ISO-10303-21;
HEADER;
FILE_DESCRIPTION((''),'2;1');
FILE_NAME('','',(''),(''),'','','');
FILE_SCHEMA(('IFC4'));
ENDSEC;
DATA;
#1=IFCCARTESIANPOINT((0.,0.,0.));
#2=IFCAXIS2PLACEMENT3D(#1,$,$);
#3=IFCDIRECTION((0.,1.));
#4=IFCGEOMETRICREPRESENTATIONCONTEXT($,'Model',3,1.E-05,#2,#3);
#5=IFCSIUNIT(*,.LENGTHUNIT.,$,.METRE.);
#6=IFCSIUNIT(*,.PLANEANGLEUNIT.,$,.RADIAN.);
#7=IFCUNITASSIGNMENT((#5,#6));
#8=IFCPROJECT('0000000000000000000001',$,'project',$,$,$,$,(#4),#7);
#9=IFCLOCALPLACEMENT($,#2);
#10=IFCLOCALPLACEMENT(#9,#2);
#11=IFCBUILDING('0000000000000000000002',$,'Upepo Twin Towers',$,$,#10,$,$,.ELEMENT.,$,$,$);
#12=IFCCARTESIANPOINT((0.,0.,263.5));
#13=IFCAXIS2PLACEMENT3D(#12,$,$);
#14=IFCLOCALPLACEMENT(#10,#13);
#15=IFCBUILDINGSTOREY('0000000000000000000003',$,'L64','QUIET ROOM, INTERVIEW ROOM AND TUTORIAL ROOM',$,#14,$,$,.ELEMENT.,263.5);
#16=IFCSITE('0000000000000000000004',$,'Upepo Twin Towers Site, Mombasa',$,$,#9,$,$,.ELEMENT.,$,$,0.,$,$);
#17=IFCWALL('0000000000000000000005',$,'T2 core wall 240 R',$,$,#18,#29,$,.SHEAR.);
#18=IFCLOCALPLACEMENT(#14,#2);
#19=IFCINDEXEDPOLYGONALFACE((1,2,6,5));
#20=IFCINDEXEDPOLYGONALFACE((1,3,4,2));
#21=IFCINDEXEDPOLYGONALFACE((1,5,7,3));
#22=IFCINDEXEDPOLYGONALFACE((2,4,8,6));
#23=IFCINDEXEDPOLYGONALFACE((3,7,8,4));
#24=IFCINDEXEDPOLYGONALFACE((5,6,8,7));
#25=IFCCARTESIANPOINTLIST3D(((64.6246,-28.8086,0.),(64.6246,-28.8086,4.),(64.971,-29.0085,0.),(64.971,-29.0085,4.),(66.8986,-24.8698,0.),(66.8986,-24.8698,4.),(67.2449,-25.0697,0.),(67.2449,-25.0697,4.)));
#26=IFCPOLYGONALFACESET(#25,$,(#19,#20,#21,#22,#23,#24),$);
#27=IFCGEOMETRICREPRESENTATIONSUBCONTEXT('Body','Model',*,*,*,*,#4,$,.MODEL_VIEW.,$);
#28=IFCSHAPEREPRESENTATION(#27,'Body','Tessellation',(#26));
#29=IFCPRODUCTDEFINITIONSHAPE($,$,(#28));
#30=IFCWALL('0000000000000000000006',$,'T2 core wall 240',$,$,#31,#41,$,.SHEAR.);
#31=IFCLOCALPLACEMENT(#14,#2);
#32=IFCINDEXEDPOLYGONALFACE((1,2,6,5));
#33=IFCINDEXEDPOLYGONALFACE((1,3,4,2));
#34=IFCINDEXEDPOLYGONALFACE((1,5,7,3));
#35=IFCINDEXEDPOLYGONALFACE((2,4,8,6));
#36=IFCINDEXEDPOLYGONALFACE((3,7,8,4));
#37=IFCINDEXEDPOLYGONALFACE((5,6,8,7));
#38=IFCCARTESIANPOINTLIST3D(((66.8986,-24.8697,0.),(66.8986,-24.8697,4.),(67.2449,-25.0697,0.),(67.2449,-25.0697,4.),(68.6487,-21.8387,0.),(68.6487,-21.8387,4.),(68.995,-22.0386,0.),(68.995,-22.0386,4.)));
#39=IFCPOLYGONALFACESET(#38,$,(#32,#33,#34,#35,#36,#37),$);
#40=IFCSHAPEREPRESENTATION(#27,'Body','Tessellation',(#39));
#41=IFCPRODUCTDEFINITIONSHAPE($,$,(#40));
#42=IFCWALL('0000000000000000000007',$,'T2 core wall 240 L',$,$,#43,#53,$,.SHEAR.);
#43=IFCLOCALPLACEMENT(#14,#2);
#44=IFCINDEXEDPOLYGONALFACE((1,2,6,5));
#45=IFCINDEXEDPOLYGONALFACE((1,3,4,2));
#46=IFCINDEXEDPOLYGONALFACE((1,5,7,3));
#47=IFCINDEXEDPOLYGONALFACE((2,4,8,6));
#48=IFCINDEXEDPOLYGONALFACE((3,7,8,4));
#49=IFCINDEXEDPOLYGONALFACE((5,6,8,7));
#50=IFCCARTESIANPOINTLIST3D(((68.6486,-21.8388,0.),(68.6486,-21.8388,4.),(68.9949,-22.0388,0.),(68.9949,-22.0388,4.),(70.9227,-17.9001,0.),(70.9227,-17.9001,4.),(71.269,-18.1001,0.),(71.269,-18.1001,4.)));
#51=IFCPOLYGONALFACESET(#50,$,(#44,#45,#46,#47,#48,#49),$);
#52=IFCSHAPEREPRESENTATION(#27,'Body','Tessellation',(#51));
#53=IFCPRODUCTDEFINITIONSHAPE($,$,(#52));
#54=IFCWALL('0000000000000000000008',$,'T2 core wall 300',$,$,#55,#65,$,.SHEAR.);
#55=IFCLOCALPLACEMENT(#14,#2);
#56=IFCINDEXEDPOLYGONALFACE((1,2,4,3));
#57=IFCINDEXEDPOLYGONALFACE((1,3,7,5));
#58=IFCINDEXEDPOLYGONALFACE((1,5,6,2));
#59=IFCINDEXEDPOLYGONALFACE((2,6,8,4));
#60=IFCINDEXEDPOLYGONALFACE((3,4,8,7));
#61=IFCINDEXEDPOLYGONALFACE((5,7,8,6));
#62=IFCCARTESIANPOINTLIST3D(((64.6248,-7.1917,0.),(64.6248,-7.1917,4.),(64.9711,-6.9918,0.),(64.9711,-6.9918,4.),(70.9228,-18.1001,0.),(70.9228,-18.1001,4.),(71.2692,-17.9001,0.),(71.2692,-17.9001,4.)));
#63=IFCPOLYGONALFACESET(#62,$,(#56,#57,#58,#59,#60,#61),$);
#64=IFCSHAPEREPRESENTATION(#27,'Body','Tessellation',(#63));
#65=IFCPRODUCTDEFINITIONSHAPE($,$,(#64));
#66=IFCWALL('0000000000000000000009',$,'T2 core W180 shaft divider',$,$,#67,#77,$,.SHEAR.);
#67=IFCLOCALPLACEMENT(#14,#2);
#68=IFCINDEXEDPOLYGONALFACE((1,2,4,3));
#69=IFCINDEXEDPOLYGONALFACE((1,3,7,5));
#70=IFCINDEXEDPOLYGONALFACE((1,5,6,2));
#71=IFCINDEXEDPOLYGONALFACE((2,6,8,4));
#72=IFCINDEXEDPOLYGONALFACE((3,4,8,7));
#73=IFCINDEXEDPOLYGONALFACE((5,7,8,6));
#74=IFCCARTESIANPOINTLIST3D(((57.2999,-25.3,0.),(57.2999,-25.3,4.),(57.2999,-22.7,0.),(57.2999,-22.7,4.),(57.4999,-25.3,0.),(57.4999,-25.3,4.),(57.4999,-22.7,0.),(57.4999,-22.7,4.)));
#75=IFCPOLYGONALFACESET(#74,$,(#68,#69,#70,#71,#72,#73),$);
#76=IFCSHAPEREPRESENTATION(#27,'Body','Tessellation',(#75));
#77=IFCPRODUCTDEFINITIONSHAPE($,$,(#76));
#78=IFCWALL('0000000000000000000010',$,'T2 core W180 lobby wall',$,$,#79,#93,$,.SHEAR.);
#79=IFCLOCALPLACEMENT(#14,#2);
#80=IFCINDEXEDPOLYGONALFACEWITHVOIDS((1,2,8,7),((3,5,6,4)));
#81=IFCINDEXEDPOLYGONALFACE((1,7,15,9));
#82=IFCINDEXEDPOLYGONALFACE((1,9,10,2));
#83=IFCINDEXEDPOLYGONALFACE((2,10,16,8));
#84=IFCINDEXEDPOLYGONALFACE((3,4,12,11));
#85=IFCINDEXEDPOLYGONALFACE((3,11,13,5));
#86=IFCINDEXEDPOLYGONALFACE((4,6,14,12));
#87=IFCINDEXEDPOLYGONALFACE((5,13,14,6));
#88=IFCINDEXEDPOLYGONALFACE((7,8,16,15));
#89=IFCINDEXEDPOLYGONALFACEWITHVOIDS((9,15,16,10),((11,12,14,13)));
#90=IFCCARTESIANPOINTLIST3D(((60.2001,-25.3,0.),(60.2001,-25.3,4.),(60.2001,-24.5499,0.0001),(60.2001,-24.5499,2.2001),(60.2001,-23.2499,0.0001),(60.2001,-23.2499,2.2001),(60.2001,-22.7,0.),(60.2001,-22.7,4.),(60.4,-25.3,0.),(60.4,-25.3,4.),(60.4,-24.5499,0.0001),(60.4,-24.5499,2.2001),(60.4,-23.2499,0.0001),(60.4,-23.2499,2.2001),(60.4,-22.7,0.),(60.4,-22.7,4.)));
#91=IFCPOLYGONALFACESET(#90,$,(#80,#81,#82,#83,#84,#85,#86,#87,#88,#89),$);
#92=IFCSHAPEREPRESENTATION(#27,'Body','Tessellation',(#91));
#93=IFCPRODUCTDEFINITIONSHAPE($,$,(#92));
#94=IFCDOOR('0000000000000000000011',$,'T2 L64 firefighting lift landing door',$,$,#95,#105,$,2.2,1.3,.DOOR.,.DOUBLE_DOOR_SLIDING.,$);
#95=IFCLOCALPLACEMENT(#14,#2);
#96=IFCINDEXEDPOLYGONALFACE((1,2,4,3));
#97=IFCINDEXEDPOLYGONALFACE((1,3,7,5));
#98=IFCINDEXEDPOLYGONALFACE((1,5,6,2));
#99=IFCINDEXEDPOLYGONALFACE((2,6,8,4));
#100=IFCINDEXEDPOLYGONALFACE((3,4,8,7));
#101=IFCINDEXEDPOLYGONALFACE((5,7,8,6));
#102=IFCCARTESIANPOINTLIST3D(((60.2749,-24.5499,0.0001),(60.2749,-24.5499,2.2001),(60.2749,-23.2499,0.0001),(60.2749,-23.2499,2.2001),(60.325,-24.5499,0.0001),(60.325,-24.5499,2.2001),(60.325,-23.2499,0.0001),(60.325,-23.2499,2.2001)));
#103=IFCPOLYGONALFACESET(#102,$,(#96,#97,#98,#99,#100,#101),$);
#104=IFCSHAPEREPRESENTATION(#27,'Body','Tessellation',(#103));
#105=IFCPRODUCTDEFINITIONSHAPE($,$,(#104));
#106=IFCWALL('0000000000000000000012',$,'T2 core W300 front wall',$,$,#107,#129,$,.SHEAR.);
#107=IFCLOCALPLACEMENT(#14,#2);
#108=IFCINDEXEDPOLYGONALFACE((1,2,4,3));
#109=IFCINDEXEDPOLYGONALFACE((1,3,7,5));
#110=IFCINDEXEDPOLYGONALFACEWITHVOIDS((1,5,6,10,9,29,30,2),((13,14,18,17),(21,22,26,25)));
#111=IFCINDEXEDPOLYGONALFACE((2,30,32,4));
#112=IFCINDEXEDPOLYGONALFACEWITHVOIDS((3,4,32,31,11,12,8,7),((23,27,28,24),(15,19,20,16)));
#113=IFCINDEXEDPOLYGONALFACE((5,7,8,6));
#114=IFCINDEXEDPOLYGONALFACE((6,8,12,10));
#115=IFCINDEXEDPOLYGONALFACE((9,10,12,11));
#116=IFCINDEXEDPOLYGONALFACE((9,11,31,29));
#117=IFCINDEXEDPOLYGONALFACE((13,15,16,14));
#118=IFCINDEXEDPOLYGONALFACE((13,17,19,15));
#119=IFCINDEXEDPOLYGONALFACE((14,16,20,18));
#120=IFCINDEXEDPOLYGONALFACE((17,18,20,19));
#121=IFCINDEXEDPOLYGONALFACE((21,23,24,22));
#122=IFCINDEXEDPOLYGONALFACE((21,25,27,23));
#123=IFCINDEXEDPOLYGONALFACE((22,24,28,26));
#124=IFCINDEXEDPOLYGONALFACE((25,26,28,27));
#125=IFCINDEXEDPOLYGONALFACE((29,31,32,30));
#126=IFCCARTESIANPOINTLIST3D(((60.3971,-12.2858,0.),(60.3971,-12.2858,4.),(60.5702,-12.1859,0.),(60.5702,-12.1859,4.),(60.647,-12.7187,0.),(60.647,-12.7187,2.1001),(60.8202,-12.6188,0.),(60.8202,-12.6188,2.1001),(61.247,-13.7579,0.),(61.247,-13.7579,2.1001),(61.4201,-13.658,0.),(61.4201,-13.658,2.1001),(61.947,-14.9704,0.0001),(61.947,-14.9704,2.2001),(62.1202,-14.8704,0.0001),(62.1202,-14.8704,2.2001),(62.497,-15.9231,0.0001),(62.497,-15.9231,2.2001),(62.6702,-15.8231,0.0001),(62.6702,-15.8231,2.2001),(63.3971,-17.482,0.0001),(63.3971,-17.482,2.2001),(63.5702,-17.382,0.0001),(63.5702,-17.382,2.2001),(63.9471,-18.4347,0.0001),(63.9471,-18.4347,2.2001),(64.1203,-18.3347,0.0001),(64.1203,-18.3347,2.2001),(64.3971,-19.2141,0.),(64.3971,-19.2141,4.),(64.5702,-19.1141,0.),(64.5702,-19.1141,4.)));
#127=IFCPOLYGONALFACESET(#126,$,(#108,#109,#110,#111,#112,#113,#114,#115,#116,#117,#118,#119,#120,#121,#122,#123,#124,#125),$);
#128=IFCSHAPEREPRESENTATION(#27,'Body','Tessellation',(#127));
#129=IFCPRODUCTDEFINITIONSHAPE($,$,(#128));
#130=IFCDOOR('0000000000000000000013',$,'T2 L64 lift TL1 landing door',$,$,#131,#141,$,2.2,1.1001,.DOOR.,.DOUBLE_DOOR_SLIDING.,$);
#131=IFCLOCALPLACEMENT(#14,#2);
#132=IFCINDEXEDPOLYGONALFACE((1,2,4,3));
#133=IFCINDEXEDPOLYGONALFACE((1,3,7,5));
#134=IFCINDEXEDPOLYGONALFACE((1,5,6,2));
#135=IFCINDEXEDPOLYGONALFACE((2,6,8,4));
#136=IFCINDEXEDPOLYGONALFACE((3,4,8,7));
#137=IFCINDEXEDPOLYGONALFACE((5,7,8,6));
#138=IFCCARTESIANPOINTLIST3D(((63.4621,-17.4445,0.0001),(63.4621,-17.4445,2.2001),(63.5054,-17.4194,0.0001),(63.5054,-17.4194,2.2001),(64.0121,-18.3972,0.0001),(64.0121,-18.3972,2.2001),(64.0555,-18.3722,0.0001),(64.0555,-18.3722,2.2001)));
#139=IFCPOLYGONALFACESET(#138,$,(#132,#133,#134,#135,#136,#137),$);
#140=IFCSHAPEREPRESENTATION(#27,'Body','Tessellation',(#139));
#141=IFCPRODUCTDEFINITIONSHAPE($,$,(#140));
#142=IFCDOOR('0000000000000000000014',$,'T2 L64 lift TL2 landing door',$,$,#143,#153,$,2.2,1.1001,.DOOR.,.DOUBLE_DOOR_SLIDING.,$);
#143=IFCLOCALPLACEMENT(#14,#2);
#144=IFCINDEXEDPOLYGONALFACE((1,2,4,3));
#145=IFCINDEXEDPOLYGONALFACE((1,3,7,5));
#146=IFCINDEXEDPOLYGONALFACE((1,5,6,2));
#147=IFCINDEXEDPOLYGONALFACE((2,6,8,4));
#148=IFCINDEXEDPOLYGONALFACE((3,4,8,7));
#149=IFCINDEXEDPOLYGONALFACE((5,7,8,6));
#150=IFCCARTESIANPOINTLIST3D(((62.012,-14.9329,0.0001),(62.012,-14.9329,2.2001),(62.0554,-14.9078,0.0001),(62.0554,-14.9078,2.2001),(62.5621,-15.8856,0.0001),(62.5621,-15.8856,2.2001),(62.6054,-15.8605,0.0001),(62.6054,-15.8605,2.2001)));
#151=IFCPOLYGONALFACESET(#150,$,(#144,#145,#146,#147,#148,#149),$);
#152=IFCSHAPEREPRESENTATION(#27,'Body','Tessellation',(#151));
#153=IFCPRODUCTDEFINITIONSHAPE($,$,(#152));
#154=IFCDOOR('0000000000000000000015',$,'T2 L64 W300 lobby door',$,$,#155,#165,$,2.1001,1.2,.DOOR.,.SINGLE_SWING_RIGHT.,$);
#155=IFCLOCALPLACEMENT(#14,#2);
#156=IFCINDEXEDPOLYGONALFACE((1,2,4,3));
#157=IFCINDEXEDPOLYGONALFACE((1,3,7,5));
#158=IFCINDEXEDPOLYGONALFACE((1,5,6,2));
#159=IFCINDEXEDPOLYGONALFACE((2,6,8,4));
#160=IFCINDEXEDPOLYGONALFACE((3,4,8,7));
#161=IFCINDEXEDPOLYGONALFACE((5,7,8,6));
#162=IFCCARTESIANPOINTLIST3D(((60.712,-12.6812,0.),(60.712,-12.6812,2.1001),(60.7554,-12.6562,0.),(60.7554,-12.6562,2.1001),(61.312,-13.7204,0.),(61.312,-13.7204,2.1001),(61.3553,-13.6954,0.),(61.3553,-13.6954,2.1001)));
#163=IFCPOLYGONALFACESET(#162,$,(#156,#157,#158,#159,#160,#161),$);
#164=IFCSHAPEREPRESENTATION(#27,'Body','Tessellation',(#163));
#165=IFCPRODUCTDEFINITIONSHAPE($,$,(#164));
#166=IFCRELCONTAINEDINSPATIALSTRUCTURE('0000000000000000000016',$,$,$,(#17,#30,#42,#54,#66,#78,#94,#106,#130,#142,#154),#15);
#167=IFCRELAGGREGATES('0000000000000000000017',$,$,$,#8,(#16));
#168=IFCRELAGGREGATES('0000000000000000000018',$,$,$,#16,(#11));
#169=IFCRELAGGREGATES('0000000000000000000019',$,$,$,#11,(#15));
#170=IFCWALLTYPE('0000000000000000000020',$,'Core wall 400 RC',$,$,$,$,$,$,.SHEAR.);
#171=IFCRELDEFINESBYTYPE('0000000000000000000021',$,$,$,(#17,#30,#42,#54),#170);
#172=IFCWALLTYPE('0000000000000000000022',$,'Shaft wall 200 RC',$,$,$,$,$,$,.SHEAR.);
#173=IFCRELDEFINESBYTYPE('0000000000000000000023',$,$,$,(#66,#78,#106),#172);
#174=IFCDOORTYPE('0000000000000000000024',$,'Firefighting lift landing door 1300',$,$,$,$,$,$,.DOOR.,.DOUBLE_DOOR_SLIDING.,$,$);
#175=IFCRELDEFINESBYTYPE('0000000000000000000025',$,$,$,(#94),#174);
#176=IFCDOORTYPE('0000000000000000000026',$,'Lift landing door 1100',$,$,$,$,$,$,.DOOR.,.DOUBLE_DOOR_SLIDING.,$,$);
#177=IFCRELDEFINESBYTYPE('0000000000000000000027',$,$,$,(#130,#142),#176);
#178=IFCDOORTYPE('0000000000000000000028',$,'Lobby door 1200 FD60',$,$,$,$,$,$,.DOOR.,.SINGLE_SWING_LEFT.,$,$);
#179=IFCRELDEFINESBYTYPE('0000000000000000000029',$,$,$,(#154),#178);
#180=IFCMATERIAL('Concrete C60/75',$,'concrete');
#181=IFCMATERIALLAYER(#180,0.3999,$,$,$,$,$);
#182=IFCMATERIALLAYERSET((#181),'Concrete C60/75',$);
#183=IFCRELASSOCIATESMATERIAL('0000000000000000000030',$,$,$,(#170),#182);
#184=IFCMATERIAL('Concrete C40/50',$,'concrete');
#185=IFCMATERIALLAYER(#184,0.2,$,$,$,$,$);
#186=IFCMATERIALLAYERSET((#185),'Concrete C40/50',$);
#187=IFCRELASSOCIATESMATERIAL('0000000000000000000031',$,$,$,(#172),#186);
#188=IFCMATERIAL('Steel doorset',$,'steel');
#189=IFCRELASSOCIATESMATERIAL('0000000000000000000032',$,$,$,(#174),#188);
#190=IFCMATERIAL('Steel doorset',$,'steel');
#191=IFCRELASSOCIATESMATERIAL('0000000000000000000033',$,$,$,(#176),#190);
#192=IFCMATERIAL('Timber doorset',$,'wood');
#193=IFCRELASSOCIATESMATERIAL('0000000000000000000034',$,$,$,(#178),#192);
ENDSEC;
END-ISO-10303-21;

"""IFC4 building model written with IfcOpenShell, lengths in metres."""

from ifc_helpers import new_model, si_unit, direction, frame, frame_2d, origin, place, context, subcontext, project, spatial, rectangle, extrude, material, layer, layer_set, type_object, element, fill, save


model = new_model("IFC4")

# Units and contexts
model_context = context("Model", 3, precision=1e-05, world=origin(), true_north=direction((0.0, 1.0)))
body_context = subcontext(model_context, "Body", "Model", "MODEL_VIEW")
ifc_project = project(units=[si_unit("LENGTHUNIT", "METRE"), si_unit("PLANEANGLEUNIT", "RADIAN")], contexts=[model_context])

# Site, building, storey
site_placement = place(None, origin())
site = spatial("IfcSite", under=ifc_project, at=site_placement, Name="Upepo Twin Towers Site, Mombasa", CompositionType="ELEMENT", RefElevation=0.0)
building_placement = place(site_placement, origin())
building = spatial("IfcBuilding", under=site, at=building_placement, Name="Upepo Twin Towers", CompositionType="ELEMENT")
storey_placement = place(building_placement, frame((0.0, 0.0, 263.5)))
storey = spatial("IfcBuildingStorey", under=building, at=storey_placement, Name="L64", Description="QUIET ROOM, INTERVIEW ROOM AND TUTORIAL ROOM", CompositionType="ELEMENT", Elevation=263.5)

# Walls
ifc_material_1 = material(Name="Concrete C60/75", Category="concrete")
ifc_layer_1 = layer(ifc_material_1, 0.3999)
ifc_layer_set_1 = layer_set([ifc_layer_1], Name="Concrete C60/75")
wall_type_1 = type_object("IfcWallType", Name="Core wall 400 RC", PredefinedType="SHEAR", material=ifc_layer_set_1)
wall_1_placement = place(storey_placement, frame((64.7979, -28.9084, 0.0), z_axis=(0.0, 0.0, 1.0), x_axis=(0.499984, 0.866035, 0.0)))
element("IfcWall", 1, at=wall_1_placement, inside=storey, type_object=wall_type_1, Name="T2 core wall 240 R", PredefinedType="SHEAR", context=body_context, shape_type="SweptSolid", body=[
    extrude(rectangle(XDim=4.5481, YDim=0.3999, at=frame_2d((2.2739, 0.0))), origin(), (0.0, 0.0, 1.0), 4.0),
])
wall_2_placement = place(storey_placement, frame((67.0718, -24.9697, 0.0), z_axis=(0.0, 0.0, 1.0), x_axis=(0.50001, 0.866019, 0.0)))
element("IfcWall", 2, at=wall_2_placement, inside=storey, type_object=wall_type_1, Name="T2 core wall 240", PredefinedType="SHEAR", context=body_context, shape_type="SweptSolid", body=[
    extrude(rectangle(XDim=3.5, YDim=0.3999, at=frame_2d((1.75, 0.0))), origin(), (0.0, 0.0, 1.0), 4.0),
])
wall_3_placement = place(storey_placement, frame((68.8218, -21.9387, 0.0), z_axis=(0.0, 0.0, 1.0), x_axis=(0.500024, 0.866011, 0.0)))
element("IfcWall", 3, at=wall_3_placement, inside=storey, type_object=wall_type_1, Name="T2 core wall 240 L", PredefinedType="SHEAR", context=body_context, shape_type="SweptSolid", body=[
    extrude(rectangle(XDim=4.5481, YDim=0.3999, at=frame_2d((2.2739, 0.0))), origin(), (0.0, 0.0, 1.0), 4.0),
])
wall_4_placement = place(storey_placement, frame((71.0959, -18.0, 0.0), z_axis=(0.0, 0.0, 1.0), x_axis=(-0.500006, 0.866022, 0.0)))
element("IfcWall", 4, at=wall_4_placement, inside=storey, type_object=wall_type_1, Name="T2 core wall 300", PredefinedType="SHEAR", context=body_context, shape_type="SweptSolid", body=[
    extrude(rectangle(XDim=12.5959, YDim=0.3999, at=frame_2d((6.2979, 0.0))), origin(), (0.0, 0.0, 1.0), 4.0),
])
ifc_material_2 = material(Name="Concrete C40/50", Category="concrete")
ifc_layer_2 = layer(ifc_material_2, 0.2)
ifc_layer_set_2 = layer_set([ifc_layer_2], Name="Concrete C40/50")
wall_type_2 = type_object("IfcWallType", Name="Shaft wall 200 RC", PredefinedType="SHEAR", material=ifc_layer_set_2)
wall_5_placement = place(storey_placement, frame((57.3999, -22.7, 0.0), z_axis=(0.0, 0.0, 1.0), x_axis=(0.0, -1.0, 0.0)))
element("IfcWall", 5, at=wall_5_placement, inside=storey, type_object=wall_type_2, Name="T2 core W180 shaft divider", PredefinedType="SHEAR", context=body_context, shape_type="SweptSolid", body=[
    extrude(rectangle(XDim=2.6001, YDim=0.2, at=frame_2d((1.3, 0.0))), origin(), (0.0, 0.0, 1.0), 4.0),
])

# Wall, opening, door
wall_6_placement = place(storey_placement, frame((60.3, -22.7, 0.0), z_axis=(0.0, 0.0, 1.0), x_axis=(0.0, -1.0, 0.0)))
wall_6 = element("IfcWall", 6, at=wall_6_placement, inside=storey, type_object=wall_type_2, Name="T2 core W180 lobby wall", PredefinedType="SHEAR", context=body_context, shape_type="SweptSolid", body=[
    extrude(rectangle(XDim=2.6001, YDim=0.2, at=frame_2d((1.3, 0.0))), origin(), (0.0, 0.0, 1.0), 4.0),
])
opening_1_placement = place(wall_6_placement, frame((0.55, 0.0, 0.0)))
opening_1 = element("IfcOpeningElement", 7, at=opening_1_placement, cuts=wall_6, PredefinedType="OPENING", context=body_context, shape_type="SweptSolid", body=[
    extrude(rectangle(XDim=1.3, YDim=2.2, at=frame_2d((0.6499, 1.1001))), frame((0.0, 0.1099, 0.0), z_axis=(0.0, -1.0, 0.0), x_axis=(1.0, 0.0, 0.0)), (0.0, 0.0, 1.0), 0.22),
])
ifc_material_3 = material(Name="Steel doorset", Category="steel")
door_type_1 = type_object("IfcDoorType", Name="Firefighting lift landing door 1300", OperationType="DOUBLE_DOOR_SLIDING", PredefinedType="DOOR", material=ifc_material_3)
door_1_placement = place(opening_1_placement, origin())
door_1 = element("IfcDoor", 8, at=door_1_placement, inside=storey, type_object=door_type_1, Name="T2 L64 firefighting lift landing door", OperationType="DOUBLE_DOOR_SLIDING", OverallHeight=2.2, OverallWidth=1.3, PredefinedType="DOOR", context=body_context, shape_type="SweptSolid", body=[
    extrude(rectangle(XDim=1.3, YDim=2.2, at=frame_2d((0.6499, 1.1001))), frame((0.0, 0.0249, 0.0), z_axis=(0.0, -1.0, 0.0), x_axis=(1.0, 0.0, 0.0)), (0.0, 0.0, 1.0), 0.05),
])
fill(opening_1, door_1)

# Wall, openings, doors
wall_7_placement = place(storey_placement, frame((64.4836, -19.1641, 0.0), z_axis=(0.0, 0.0, 1.0), x_axis=(-0.499999, 0.866026, 0.0)))
wall_7 = element("IfcWall", 9, at=wall_7_placement, inside=storey, type_object=wall_type_2, Name="T2 core W300 front wall", PredefinedType="SHEAR", context=body_context, shape_type="SweptSolid", body=[
    extrude(rectangle(XDim=8.0, YDim=0.2, at=frame_2d((4.0, 0.0))), origin(), (0.0, 0.0, 1.0), 4.0),
])
opening_2_placement = place(wall_7_placement, frame((6.3, 0.0, 0.0)))
opening_2 = element("IfcOpeningElement", 10, at=opening_2_placement, cuts=wall_7, PredefinedType="OPENING", context=body_context, shape_type="SweptSolid", body=[
    extrude(rectangle(XDim=1.2, YDim=2.1001, at=frame_2d((0.6001, 1.05))), frame((0.0, 0.1099, 0.0), z_axis=(0.0, -1.0, 0.0), x_axis=(1.0, 0.0, 0.0)), (0.0, 0.0, 1.0), 0.22),
])
opening_3_placement = place(wall_7_placement, frame((0.8999, 0.0, 0.0)))
opening_3 = element("IfcOpeningElement", 11, at=opening_3_placement, cuts=wall_7, PredefinedType="OPENING", context=body_context, shape_type="SweptSolid", body=[
    extrude(rectangle(XDim=1.1001, YDim=2.2, at=frame_2d((0.55, 1.1001))), frame((0.0, 0.1099, 0.0), z_axis=(0.0, -1.0, 0.0), x_axis=(1.0, 0.0, 0.0)), (0.0, 0.0, 1.0), 0.22),
])
opening_4_placement = place(wall_7_placement, frame((3.8, 0.0, 0.0)))
opening_4 = element("IfcOpeningElement", 12, at=opening_4_placement, cuts=wall_7, PredefinedType="OPENING", context=body_context, shape_type="SweptSolid", body=[
    extrude(rectangle(XDim=1.1001, YDim=2.2, at=frame_2d((0.55, 1.1001))), frame((0.0, 0.1099, 0.0), z_axis=(0.0, -1.0, 0.0), x_axis=(1.0, 0.0, 0.0)), (0.0, 0.0, 1.0), 0.22),
])
ifc_material_4 = material(Name="Steel doorset", Category="steel")
door_type_2 = type_object("IfcDoorType", Name="Lift landing door 1100", OperationType="DOUBLE_DOOR_SLIDING", PredefinedType="DOOR", material=ifc_material_4)
door_2_placement = place(opening_3_placement, origin())
door_2 = element("IfcDoor", 13, at=door_2_placement, inside=storey, type_object=door_type_2, Name="T2 L64 lift TL1 landing door", OperationType="DOUBLE_DOOR_SLIDING", OverallHeight=2.2, OverallWidth=1.1001, PredefinedType="DOOR", context=body_context, shape_type="SweptSolid", body=[
    extrude(rectangle(XDim=1.1001, YDim=2.2, at=frame_2d((0.55, 1.1001))), frame((0.0, 0.0249, 0.0), z_axis=(0.0, -1.0, 0.0), x_axis=(1.0, 0.0, 0.0)), (0.0, 0.0, 1.0), 0.05),
])
fill(opening_3, door_2)
door_3_placement = place(opening_4_placement, origin())
door_3 = element("IfcDoor", 14, at=door_3_placement, inside=storey, type_object=door_type_2, Name="T2 L64 lift TL2 landing door", OperationType="DOUBLE_DOOR_SLIDING", OverallHeight=2.2, OverallWidth=1.1001, PredefinedType="DOOR", context=body_context, shape_type="SweptSolid", body=[
    extrude(rectangle(XDim=1.1001, YDim=2.2, at=frame_2d((0.55, 1.1001))), frame((0.0, 0.0249, 0.0), z_axis=(0.0, -1.0, 0.0), x_axis=(1.0, 0.0, 0.0)), (0.0, 0.0, 1.0), 0.05),
])
fill(opening_4, door_3)
ifc_material_5 = material(Name="Timber doorset", Category="wood")
door_type_3 = type_object("IfcDoorType", Name="Lobby door 1200 FD60", OperationType="SINGLE_SWING_LEFT", PredefinedType="DOOR", material=ifc_material_5)
door_4_placement = place(opening_2_placement, origin())
door_4 = element("IfcDoor", 15, at=door_4_placement, inside=storey, type_object=door_type_3, Name="T2 L64 W300 lobby door", OperationType="SINGLE_SWING_RIGHT", OverallHeight=2.1001, OverallWidth=1.2, PredefinedType="DOOR", context=body_context, shape_type="SweptSolid", body=[
    extrude(rectangle(XDim=1.2, YDim=2.1001, at=frame_2d((0.6001, 1.05))), frame((0.0, 0.0249, 0.0), z_axis=(0.0, -1.0, 0.0), x_axis=(1.0, 0.0, 0.0)), (0.0, 0.0, 1.0), 0.05),
])
fill(opening_2, door_4)

save(model, "model.ifc")
